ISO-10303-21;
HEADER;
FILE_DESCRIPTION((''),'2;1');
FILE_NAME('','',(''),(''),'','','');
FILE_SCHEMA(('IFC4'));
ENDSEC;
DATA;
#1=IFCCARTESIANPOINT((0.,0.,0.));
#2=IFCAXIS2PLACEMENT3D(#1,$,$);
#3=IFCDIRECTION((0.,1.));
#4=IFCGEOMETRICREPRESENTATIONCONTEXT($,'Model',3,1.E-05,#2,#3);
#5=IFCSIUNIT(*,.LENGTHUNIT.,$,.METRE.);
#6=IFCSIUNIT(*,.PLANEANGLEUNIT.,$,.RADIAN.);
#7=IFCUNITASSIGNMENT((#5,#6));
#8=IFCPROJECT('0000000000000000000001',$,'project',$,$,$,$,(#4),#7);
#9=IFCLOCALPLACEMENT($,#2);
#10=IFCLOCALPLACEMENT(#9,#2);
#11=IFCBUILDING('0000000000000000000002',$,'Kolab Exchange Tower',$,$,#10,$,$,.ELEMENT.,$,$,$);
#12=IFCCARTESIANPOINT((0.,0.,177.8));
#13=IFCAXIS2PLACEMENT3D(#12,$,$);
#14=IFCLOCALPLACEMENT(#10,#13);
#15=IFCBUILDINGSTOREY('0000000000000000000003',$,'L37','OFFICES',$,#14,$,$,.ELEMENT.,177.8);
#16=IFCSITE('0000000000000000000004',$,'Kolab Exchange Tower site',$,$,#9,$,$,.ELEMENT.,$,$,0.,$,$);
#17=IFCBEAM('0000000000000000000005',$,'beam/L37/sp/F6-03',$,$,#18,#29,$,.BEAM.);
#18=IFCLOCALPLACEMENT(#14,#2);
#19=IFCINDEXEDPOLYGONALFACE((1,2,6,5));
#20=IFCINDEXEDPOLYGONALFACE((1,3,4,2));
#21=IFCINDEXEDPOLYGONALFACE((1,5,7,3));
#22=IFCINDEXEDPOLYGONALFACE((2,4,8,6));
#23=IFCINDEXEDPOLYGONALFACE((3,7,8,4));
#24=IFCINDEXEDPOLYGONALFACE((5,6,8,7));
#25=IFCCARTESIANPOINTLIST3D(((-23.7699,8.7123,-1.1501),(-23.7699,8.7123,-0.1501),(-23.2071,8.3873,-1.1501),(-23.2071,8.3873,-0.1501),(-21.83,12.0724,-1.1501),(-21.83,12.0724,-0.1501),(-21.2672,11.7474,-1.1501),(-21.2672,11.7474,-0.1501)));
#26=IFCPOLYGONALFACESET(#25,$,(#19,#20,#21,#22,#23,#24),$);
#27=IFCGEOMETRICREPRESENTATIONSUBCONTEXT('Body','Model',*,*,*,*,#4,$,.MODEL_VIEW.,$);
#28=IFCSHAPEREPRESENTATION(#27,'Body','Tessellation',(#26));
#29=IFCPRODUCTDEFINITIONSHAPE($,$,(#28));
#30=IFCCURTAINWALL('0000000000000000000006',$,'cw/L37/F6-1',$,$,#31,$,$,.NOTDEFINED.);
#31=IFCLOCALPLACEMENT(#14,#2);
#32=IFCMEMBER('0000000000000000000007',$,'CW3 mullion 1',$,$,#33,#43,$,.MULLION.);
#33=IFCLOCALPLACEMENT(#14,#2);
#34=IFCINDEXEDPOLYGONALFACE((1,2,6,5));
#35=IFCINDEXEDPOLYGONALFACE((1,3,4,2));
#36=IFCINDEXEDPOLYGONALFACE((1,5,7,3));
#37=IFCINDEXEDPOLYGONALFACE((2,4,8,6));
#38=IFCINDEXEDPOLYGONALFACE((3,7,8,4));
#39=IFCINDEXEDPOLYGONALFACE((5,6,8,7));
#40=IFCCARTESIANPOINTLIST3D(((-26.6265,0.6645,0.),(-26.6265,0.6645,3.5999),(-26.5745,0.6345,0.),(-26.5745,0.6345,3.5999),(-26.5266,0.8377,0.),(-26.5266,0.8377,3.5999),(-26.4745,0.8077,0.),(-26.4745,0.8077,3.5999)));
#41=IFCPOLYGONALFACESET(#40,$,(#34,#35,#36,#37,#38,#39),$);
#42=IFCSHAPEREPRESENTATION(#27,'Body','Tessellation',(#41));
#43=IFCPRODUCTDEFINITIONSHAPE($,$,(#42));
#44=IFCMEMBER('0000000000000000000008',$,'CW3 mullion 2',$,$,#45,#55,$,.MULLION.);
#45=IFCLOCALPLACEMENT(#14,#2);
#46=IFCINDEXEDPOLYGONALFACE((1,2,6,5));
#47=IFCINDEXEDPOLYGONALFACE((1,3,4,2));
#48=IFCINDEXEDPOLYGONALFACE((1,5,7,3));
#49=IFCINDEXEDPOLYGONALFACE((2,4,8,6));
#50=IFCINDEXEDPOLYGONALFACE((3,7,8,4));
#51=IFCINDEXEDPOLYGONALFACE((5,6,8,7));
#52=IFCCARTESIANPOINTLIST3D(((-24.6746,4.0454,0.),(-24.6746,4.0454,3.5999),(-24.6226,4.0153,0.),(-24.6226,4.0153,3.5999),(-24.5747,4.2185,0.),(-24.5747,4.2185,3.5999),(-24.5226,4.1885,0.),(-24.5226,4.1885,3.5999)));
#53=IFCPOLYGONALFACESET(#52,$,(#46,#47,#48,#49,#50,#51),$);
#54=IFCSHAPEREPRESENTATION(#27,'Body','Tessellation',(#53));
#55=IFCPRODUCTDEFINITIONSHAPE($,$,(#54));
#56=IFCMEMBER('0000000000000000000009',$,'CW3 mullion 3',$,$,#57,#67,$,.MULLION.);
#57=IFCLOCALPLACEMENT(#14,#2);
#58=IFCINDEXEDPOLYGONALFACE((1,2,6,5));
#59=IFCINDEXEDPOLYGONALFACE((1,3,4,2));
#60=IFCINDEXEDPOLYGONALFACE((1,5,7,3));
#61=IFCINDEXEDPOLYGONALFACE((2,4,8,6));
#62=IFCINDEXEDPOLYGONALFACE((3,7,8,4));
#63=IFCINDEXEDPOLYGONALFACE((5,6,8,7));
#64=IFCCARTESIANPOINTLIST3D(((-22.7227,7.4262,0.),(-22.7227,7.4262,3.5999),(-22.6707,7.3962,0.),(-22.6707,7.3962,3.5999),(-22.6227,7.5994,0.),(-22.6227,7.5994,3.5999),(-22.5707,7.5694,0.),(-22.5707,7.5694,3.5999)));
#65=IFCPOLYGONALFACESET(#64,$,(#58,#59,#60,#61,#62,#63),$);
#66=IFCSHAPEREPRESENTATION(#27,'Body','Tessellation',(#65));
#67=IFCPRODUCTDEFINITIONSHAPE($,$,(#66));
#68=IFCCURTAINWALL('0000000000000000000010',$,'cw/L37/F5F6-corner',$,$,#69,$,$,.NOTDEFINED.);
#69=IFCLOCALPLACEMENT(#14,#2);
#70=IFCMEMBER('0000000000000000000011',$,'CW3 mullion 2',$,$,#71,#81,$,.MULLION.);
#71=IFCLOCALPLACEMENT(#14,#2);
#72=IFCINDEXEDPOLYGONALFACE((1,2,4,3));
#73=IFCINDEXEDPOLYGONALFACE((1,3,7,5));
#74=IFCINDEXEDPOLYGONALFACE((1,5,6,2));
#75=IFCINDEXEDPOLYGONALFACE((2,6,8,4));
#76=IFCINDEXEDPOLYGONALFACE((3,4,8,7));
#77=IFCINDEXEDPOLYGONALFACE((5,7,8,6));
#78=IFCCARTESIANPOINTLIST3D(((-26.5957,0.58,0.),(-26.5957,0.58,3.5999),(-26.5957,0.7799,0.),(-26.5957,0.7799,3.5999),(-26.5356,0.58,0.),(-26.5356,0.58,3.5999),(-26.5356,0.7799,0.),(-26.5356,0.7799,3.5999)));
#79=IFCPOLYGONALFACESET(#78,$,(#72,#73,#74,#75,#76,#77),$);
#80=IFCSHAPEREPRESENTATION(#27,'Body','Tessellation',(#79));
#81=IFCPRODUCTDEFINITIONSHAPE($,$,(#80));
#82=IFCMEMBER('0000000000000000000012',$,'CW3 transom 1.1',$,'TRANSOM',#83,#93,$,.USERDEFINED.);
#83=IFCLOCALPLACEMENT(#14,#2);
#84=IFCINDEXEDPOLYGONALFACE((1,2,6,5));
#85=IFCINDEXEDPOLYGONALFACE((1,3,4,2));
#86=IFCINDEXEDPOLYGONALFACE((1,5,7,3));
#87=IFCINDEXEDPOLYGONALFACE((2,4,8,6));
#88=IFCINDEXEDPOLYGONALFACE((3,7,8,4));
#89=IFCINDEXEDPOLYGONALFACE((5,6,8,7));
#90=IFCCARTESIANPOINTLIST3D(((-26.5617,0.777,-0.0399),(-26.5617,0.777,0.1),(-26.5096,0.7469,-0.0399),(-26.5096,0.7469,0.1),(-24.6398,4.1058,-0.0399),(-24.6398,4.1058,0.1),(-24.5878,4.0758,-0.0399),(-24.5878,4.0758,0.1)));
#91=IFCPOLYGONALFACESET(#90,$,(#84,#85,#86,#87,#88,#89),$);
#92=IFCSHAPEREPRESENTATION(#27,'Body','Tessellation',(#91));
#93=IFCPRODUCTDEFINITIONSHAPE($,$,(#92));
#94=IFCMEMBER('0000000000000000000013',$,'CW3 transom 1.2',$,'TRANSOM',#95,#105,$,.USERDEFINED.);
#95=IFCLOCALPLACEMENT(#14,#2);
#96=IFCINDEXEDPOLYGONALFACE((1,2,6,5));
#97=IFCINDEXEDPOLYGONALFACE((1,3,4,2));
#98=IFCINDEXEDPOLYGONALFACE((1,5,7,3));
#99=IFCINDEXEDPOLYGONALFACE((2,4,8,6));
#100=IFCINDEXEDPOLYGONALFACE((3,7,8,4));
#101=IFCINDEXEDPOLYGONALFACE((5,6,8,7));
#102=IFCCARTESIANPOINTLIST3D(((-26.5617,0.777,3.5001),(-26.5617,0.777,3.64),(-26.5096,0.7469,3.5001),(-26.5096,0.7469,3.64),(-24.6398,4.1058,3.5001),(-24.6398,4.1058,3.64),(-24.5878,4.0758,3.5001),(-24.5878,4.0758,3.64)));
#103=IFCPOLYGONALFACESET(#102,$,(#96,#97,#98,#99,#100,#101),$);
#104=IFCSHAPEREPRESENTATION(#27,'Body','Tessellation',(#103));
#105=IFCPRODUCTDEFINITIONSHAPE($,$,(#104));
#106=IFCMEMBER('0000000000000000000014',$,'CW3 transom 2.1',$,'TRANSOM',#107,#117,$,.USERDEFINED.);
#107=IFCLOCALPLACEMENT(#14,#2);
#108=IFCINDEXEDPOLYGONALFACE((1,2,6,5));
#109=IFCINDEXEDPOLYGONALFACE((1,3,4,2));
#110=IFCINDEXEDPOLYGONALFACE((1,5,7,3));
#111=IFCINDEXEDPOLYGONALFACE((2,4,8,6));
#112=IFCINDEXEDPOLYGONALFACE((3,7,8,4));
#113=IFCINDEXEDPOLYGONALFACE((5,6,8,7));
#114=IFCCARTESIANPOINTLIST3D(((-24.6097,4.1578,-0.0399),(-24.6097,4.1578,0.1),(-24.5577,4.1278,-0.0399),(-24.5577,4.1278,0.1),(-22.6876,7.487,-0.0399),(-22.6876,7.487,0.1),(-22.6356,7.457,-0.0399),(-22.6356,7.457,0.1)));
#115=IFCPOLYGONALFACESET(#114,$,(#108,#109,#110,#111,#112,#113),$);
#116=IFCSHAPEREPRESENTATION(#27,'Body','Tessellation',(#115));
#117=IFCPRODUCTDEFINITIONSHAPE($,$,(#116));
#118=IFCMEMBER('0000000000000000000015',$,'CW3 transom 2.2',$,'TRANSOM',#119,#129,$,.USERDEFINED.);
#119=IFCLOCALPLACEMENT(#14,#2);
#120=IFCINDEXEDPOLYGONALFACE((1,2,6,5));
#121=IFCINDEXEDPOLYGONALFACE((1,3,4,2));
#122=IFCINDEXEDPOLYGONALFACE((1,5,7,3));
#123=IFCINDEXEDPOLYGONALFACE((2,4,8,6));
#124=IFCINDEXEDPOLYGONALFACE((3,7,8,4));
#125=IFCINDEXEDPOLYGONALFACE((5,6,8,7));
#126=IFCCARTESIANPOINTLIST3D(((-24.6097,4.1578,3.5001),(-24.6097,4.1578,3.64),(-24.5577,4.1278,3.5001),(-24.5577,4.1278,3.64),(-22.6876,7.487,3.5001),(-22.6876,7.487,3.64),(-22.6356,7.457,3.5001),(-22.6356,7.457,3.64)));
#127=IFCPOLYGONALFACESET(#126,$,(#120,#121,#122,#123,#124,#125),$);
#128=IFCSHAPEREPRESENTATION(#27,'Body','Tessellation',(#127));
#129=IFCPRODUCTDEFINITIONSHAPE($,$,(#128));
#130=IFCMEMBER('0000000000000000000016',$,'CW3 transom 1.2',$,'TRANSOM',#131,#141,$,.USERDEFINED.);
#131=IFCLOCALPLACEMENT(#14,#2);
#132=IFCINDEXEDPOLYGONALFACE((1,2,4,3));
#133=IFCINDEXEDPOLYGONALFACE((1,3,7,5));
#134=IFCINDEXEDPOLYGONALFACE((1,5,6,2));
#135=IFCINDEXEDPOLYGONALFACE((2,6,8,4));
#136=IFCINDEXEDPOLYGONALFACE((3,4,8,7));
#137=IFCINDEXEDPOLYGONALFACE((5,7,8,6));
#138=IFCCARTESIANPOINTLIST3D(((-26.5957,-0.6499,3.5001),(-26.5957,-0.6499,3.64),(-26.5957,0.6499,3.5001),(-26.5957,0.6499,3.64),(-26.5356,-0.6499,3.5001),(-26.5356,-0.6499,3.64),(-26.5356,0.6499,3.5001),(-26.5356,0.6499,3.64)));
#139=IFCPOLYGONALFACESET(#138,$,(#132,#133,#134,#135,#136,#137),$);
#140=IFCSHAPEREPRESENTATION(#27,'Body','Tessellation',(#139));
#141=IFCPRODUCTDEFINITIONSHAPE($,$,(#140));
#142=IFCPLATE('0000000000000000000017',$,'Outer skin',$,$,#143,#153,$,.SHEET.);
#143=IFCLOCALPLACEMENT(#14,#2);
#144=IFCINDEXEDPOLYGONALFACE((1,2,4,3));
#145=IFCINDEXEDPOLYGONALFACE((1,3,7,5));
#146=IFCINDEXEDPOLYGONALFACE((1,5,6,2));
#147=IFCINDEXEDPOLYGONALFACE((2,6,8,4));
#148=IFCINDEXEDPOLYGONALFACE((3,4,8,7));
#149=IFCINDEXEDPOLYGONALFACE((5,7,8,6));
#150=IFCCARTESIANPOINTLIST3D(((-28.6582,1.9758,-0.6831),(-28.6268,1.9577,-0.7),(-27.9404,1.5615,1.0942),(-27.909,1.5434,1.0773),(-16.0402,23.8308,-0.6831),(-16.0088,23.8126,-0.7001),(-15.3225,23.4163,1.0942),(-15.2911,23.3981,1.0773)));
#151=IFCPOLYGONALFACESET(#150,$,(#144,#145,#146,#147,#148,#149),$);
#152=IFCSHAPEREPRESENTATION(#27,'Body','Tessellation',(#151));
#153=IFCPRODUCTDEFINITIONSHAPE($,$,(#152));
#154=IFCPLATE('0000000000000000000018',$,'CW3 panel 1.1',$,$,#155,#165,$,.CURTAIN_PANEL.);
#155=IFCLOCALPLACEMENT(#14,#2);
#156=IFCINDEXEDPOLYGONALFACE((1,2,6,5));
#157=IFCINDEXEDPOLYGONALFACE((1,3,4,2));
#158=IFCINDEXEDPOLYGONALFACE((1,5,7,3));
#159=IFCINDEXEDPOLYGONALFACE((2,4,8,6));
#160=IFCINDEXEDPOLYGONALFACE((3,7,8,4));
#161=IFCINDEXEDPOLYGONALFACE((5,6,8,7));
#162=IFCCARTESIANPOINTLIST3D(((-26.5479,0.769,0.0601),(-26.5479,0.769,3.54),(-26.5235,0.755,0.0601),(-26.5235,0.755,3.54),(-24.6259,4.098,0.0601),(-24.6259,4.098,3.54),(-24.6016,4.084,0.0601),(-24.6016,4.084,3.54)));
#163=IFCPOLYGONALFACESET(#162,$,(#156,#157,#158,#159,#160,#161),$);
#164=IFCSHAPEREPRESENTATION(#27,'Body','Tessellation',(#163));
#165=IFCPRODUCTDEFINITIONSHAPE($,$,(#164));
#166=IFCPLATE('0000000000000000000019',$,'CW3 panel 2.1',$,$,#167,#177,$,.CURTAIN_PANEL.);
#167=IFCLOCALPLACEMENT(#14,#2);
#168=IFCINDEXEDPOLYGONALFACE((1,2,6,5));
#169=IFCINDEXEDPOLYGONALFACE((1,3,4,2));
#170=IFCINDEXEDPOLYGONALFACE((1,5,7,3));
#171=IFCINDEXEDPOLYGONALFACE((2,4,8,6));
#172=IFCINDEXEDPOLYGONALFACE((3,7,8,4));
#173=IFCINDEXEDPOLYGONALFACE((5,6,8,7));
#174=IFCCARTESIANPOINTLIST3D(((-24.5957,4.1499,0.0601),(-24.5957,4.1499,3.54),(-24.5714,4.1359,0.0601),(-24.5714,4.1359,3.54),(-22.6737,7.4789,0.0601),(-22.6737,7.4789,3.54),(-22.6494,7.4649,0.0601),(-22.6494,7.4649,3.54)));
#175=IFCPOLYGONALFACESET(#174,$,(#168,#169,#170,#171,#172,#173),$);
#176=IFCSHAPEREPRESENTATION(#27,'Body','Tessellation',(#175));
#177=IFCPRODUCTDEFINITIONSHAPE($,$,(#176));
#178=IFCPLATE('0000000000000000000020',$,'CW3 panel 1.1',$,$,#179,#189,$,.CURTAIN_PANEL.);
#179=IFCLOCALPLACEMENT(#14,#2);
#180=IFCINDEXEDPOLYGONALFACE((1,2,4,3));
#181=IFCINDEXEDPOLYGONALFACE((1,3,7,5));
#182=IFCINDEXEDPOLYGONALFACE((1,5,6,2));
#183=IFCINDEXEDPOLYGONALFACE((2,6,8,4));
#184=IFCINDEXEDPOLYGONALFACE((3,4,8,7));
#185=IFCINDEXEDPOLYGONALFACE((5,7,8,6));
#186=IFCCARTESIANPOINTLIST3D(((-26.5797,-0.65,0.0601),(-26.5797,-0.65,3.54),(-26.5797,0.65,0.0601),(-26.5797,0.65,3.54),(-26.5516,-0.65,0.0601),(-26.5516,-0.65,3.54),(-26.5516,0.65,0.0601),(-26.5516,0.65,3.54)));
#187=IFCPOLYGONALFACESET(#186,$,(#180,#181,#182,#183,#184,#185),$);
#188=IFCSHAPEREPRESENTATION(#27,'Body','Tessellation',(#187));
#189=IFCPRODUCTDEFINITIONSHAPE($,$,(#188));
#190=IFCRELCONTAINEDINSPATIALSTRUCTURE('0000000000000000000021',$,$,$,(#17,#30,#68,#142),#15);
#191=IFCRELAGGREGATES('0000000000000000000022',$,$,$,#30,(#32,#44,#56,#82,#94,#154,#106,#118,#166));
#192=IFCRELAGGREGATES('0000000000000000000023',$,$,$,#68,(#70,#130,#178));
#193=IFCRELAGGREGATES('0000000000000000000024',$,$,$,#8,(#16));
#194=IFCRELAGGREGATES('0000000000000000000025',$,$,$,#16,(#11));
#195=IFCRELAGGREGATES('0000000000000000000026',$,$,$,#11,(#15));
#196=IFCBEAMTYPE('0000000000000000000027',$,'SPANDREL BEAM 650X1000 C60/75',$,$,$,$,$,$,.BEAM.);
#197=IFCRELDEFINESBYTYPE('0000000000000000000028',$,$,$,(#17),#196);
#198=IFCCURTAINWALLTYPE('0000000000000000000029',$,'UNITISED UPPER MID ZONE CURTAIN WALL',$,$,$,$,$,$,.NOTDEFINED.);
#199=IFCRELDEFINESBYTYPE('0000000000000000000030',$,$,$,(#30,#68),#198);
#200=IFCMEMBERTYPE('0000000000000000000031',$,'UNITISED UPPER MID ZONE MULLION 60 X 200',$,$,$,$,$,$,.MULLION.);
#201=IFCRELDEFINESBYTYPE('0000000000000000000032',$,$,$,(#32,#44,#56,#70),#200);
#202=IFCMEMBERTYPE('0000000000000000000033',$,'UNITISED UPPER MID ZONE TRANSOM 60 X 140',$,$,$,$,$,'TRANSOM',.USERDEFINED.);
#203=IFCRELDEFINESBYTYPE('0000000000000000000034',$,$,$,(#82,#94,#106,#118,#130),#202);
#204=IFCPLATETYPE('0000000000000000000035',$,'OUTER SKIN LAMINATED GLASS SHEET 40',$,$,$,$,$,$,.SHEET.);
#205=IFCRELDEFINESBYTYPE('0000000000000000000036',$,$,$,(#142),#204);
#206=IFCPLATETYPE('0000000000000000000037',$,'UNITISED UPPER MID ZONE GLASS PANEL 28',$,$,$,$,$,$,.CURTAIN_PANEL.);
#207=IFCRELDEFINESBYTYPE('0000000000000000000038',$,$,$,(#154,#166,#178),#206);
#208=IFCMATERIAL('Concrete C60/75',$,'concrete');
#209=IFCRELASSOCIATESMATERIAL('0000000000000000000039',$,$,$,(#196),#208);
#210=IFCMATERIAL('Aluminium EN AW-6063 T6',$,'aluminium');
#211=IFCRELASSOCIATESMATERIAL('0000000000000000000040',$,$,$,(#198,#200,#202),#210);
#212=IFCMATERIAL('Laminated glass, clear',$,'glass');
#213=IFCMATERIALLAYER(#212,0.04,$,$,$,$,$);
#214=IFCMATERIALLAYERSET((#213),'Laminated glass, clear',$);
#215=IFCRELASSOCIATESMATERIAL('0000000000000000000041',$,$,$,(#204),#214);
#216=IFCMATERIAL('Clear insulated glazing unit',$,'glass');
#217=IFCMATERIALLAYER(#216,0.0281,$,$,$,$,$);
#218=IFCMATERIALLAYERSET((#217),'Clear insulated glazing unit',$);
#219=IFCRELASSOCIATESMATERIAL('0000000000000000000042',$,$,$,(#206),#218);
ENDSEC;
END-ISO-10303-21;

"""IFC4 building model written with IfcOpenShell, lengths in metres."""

from ifc_helpers import new_model, si_unit, direction, frame, origin, origin_2d, place, context, subcontext, project, spatial, polyline, rectangle, outline, extrude, material, layer, layer_set, material_profile, profile_set, type_object, element, aggregate, save


model = new_model("IFC4")

# Units and contexts
model_context = context("Model", 3, precision=1e-05, world=origin(), true_north=direction((0.0, 1.0)))
body_context = subcontext(model_context, "Body", "Model", "MODEL_VIEW")
ifc_project = project(units=[si_unit("LENGTHUNIT", "METRE"), si_unit("PLANEANGLEUNIT", "RADIAN")], contexts=[model_context])

# Site, building, storey
site_placement = place(None, origin())
site = spatial("IfcSite", under=ifc_project, at=site_placement, Name="Kolab Exchange Tower site", CompositionType="ELEMENT", RefElevation=0.0)
building_placement = place(site_placement, origin())
building = spatial("IfcBuilding", under=site, at=building_placement, Name="Kolab Exchange Tower", CompositionType="ELEMENT")
storey_placement = place(building_placement, frame((0.0, 0.0, 177.8)))
storey = spatial("IfcBuildingStorey", under=building, at=storey_placement, Name="L37", Description="OFFICES", CompositionType="ELEMENT", Elevation=177.8)

# Shared definitions
ifc_material_1 = material(Name="Concrete C60/75", Category="concrete")

# Beam
ifc_material_profile_1 = material_profile(ifc_material_1, rectangle(XDim=0.6499, YDim=1.0, at=origin_2d()), Name="RC650X1000")
ifc_profile_set_1 = profile_set([ifc_material_profile_1], Name="Concrete C60/75")
beam_type_1 = type_object("IfcBeamType", Name="SPANDREL BEAM 650X1000 C60/75", PredefinedType="BEAM", material=ifc_profile_set_1)
for number, where, z_axis, x_axis, name in (
    (1, (-23.4885, 8.5498, -0.6501), (0.499997, 0.866027, 0.0), (-0.866027, 0.499997, 0.0), "beam/L37/sp/F6-03"),
):
    element("IfcBeam", number, at=place(storey_placement, frame(where, z_axis=z_axis, x_axis=x_axis)), inside=storey, type_object=beam_type_1, Name=name, PredefinedType="BEAM", context=body_context, shape_type="SweptSolid", body=[
        extrude(rectangle(XDim=0.6499, YDim=1.0, at=origin_2d()), origin(), (0.0, 0.0, 1.0), 3.8799),
    ])

# Curtain wall, members
ifc_material_2 = material(Name="Aluminium EN AW-6063 T6", Category="aluminium")
curtain_wall_type = type_object("IfcCurtainWallType", Name="UNITISED UPPER MID ZONE CURTAIN WALL", PredefinedType="NOTDEFINED", material=ifc_material_2)
curtain_wall_1_placement = place(storey_placement, origin())
curtain_wall_1 = element("IfcCurtainWall", 2, at=curtain_wall_1_placement, inside=storey, type_object=curtain_wall_type, Name="cw/L37/F6-1", PredefinedType="NOTDEFINED")
ifc_material_profile_2 = material_profile(ifc_material_2, rectangle(XDim=0.0601, YDim=0.2, at=origin_2d()), Name="RECT 60X200")
ifc_profile_set_2 = profile_set([ifc_material_profile_2], Name="Aluminium EN AW-6063 T6")
member_type_1 = type_object("IfcMemberType", Name="UNITISED UPPER MID ZONE MULLION 60 X 200", PredefinedType="MULLION", material=ifc_profile_set_2)
member_1_placement = place(storey_placement, frame((-26.5505, 0.7361, 0.0), z_axis=(0.0, 0.0, 1.0), x_axis=(-0.866025, 0.5, 0.0)))
member_1 = element("IfcMember", 3, at=member_1_placement, type_object=member_type_1, Name="CW3 mullion 1", PredefinedType="MULLION", context=body_context, shape_type="SweptSolid", body=[
    extrude(rectangle(XDim=0.0601, YDim=0.2, at=origin_2d()), origin(), (0.0, 0.0, 1.0), 3.5999),
])
member_2_placement = place(storey_placement, frame((-24.5986, 4.1169, 0.0), z_axis=(0.0, 0.0, 1.0), x_axis=(-0.866025, 0.5, 0.0)))
member_2 = element("IfcMember", 4, at=member_2_placement, type_object=member_type_1, Name="CW3 mullion 2", PredefinedType="MULLION", context=body_context, shape_type="SweptSolid", body=[
    extrude(rectangle(XDim=0.0601, YDim=0.2, at=origin_2d()), origin(), (0.0, 0.0, 1.0), 3.5999),
])
member_3_placement = place(storey_placement, frame((-22.6467, 7.4978, 0.0), z_axis=(0.0, 0.0, 1.0), x_axis=(-0.866025, 0.5, 0.0)))
member_3 = element("IfcMember", 5, at=member_3_placement, type_object=member_type_1, Name="CW3 mullion 3", PredefinedType="MULLION", context=body_context, shape_type="SweptSolid", body=[
    extrude(rectangle(XDim=0.0601, YDim=0.2, at=origin_2d()), origin(), (0.0, 0.0, 1.0), 3.5999),
])

# Curtain wall, member
curtain_wall_2_placement = place(storey_placement, origin())
curtain_wall_2 = element("IfcCurtainWall", 6, at=curtain_wall_2_placement, inside=storey, type_object=curtain_wall_type, Name="cw/L37/F5F6-corner", PredefinedType="NOTDEFINED")
member_4_placement = place(storey_placement, frame((-26.5657, 0.6799, 0.0), z_axis=(0.0, 0.0, 1.0), x_axis=(-1.0, 0.0, 0.0)))
member_4 = element("IfcMember", 7, at=member_4_placement, type_object=member_type_1, Name="CW3 mullion 2", PredefinedType="MULLION", context=body_context, shape_type="SweptSolid", body=[
    extrude(rectangle(XDim=0.0601, YDim=0.2, at=origin_2d()), origin(), (0.0, 0.0, 1.0), 3.5999),
])

# Members
ifc_material_profile_3 = material_profile(ifc_material_2, rectangle(XDim=0.0601, YDim=0.1399, at=origin_2d()), Name="RECT 60X140")
ifc_profile_set_3 = profile_set([ifc_material_profile_3], Name="Aluminium EN AW-6063 T6")
member_type_2 = type_object("IfcMemberType", Name="UNITISED UPPER MID ZONE TRANSOM 60 X 140", ElementType="TRANSOM", PredefinedType="USERDEFINED", material=ifc_profile_set_3)
member_5_placement = place(storey_placement, frame((-26.5356, 0.762, 0.03), z_axis=(0.499992, 0.86603, 0.0), x_axis=(-0.86603, 0.499992, 0.0)))
member_5 = element("IfcMember", 8, at=member_5_placement, type_object=member_type_2, Name="CW3 transom 1.1", ObjectType="TRANSOM", PredefinedType="USERDEFINED", context=body_context, shape_type="SweptSolid", body=[
    extrude(rectangle(XDim=0.0601, YDim=0.1399, at=origin_2d()), origin(), (0.0, 0.0, 1.0), 3.8438),
])
member_6_placement = place(storey_placement, frame((-26.5356, 0.762, 3.5701), z_axis=(0.499992, 0.86603, 0.0), x_axis=(-0.86603, 0.499992, 0.0)))
member_6 = element("IfcMember", 9, at=member_6_placement, type_object=member_type_2, Name="CW3 transom 1.2", ObjectType="TRANSOM", PredefinedType="USERDEFINED", context=body_context, shape_type="SweptSolid", body=[
    extrude(rectangle(XDim=0.0601, YDim=0.1399, at=origin_2d()), origin(), (0.0, 0.0, 1.0), 3.8438),
])
member_7_placement = place(storey_placement, frame((-24.5837, 4.1428, 0.03), z_axis=(0.500012, 0.866018, 0.0), x_axis=(-0.866018, 0.500012, 0.0)))
member_7 = element("IfcMember", 10, at=member_7_placement, type_object=member_type_2, Name="CW3 transom 2.1", ObjectType="TRANSOM", PredefinedType="USERDEFINED", context=body_context, shape_type="SweptSolid", body=[
    extrude(rectangle(XDim=0.0601, YDim=0.1399, at=origin_2d()), origin(), (0.0, 0.0, 1.0), 3.8442),
])
member_8_placement = place(storey_placement, frame((-24.5837, 4.1428, 3.5701), z_axis=(0.500012, 0.866018, 0.0), x_axis=(-0.866018, 0.500012, 0.0)))
member_8 = element("IfcMember", 11, at=member_8_placement, type_object=member_type_2, Name="CW3 transom 2.2", ObjectType="TRANSOM", PredefinedType="USERDEFINED", context=body_context, shape_type="SweptSolid", body=[
    extrude(rectangle(XDim=0.0601, YDim=0.1399, at=origin_2d()), origin(), (0.0, 0.0, 1.0), 3.8442),
])
member_9_placement = place(storey_placement, frame((-26.5657, -0.6499, 3.5701), z_axis=(0.0, 1.0, 0.0), x_axis=(-1.0, 0.0, 0.0)))
member_9 = element("IfcMember", 12, at=member_9_placement, type_object=member_type_2, Name="CW3 transom 1.2", ObjectType="TRANSOM", PredefinedType="USERDEFINED", context=body_context, shape_type="SweptSolid", body=[
    extrude(rectangle(XDim=0.0601, YDim=0.1399, at=origin_2d()), origin(), (0.0, 0.0, 1.0), 1.2998),
])

# Plates
ifc_material_3 = material(Name="Laminated glass, clear", Category="glass")
ifc_layer_1 = layer(ifc_material_3, 0.04)
ifc_layer_set_1 = layer_set([ifc_layer_1], Name="Laminated glass, clear")
plate_type_1 = type_object("IfcPlateType", Name="OUTER SKIN LAMINATED GLASS SHEET 40", PredefinedType="SHEET", material=ifc_layer_set_1)
plate_1_placement = place(storey_placement, frame((-28.6582, 1.9758, -0.6831), z_axis=(-0.784879, 0.453151, 0.422633), x_axis=(0.5, 0.866025, -0.000001)))
element("IfcPlate", 13, at=plate_1_placement, inside=storey, type_object=plate_type_1, Name="Outer skin", PredefinedType="SHEET", context=body_context, shape_type="SweptSolid", body=[
    extrude(outline(polyline([(0.0, 0.0), (25.2359, 0.0), (25.2358, -1.9611), (0.0001, -1.9611), (0.0, 0.0)])), origin(), (0.0, 0.0, -1.0), 0.04),
])
ifc_material_4 = material(Name="Clear insulated glazing unit", Category="glass")
ifc_layer_2 = layer(ifc_material_4, 0.0281)
ifc_layer_set_2 = layer_set([ifc_layer_2], Name="Clear insulated glazing unit")
plate_type_2 = type_object("IfcPlateType", Name="UNITISED UPPER MID ZONE GLASS PANEL 28", PredefinedType="CURTAIN_PANEL", material=ifc_layer_set_2)
plate_2_placement = place(storey_placement, frame((-25.5747, 2.4265, 0.0601), z_axis=(0.0, 0.0, 1.0), x_axis=(0.5, 0.866025, 0.0)))
plate_2 = element("IfcPlate", 14, at=plate_2_placement, type_object=plate_type_2, Name="CW3 panel 1.1", PredefinedType="CURTAIN_PANEL", context=body_context, shape_type="SweptSolid", body=[
    extrude(rectangle(XDim=3.844, YDim=0.0281, at=origin_2d()), origin(), (0.0, 0.0, 1.0), 3.48),
])
plate_3_placement = place(storey_placement, frame((-23.6226, 5.8074, 0.0601), z_axis=(0.0, 0.0, 1.0), x_axis=(0.5, 0.866025, 0.0)))
plate_3 = element("IfcPlate", 15, at=plate_3_placement, type_object=plate_type_2, Name="CW3 panel 2.1", PredefinedType="CURTAIN_PANEL", context=body_context, shape_type="SweptSolid", body=[
    extrude(rectangle(XDim=3.844, YDim=0.0281, at=origin_2d()), origin(), (0.0, 0.0, 1.0), 3.48),
])
aggregate(curtain_wall_1, [member_1, member_2, member_3, member_5, member_6, plate_2, member_7, member_8, plate_3])
plate_4_placement = place(storey_placement, frame((-26.5657, 0.0, 0.0601), z_axis=(0.0, 0.0, 1.0), x_axis=(0.0, 1.0, 0.0)))
plate_4 = element("IfcPlate", 16, at=plate_4_placement, type_object=plate_type_2, Name="CW3 panel 1.1", PredefinedType="CURTAIN_PANEL", context=body_context, shape_type="SweptSolid", body=[
    extrude(rectangle(XDim=1.3, YDim=0.0281, at=origin_2d()), origin(), (0.0, 0.0, 1.0), 3.48),
])
aggregate(curtain_wall_2, [member_4, member_9, plate_4])

save(model, "model.ifc")
